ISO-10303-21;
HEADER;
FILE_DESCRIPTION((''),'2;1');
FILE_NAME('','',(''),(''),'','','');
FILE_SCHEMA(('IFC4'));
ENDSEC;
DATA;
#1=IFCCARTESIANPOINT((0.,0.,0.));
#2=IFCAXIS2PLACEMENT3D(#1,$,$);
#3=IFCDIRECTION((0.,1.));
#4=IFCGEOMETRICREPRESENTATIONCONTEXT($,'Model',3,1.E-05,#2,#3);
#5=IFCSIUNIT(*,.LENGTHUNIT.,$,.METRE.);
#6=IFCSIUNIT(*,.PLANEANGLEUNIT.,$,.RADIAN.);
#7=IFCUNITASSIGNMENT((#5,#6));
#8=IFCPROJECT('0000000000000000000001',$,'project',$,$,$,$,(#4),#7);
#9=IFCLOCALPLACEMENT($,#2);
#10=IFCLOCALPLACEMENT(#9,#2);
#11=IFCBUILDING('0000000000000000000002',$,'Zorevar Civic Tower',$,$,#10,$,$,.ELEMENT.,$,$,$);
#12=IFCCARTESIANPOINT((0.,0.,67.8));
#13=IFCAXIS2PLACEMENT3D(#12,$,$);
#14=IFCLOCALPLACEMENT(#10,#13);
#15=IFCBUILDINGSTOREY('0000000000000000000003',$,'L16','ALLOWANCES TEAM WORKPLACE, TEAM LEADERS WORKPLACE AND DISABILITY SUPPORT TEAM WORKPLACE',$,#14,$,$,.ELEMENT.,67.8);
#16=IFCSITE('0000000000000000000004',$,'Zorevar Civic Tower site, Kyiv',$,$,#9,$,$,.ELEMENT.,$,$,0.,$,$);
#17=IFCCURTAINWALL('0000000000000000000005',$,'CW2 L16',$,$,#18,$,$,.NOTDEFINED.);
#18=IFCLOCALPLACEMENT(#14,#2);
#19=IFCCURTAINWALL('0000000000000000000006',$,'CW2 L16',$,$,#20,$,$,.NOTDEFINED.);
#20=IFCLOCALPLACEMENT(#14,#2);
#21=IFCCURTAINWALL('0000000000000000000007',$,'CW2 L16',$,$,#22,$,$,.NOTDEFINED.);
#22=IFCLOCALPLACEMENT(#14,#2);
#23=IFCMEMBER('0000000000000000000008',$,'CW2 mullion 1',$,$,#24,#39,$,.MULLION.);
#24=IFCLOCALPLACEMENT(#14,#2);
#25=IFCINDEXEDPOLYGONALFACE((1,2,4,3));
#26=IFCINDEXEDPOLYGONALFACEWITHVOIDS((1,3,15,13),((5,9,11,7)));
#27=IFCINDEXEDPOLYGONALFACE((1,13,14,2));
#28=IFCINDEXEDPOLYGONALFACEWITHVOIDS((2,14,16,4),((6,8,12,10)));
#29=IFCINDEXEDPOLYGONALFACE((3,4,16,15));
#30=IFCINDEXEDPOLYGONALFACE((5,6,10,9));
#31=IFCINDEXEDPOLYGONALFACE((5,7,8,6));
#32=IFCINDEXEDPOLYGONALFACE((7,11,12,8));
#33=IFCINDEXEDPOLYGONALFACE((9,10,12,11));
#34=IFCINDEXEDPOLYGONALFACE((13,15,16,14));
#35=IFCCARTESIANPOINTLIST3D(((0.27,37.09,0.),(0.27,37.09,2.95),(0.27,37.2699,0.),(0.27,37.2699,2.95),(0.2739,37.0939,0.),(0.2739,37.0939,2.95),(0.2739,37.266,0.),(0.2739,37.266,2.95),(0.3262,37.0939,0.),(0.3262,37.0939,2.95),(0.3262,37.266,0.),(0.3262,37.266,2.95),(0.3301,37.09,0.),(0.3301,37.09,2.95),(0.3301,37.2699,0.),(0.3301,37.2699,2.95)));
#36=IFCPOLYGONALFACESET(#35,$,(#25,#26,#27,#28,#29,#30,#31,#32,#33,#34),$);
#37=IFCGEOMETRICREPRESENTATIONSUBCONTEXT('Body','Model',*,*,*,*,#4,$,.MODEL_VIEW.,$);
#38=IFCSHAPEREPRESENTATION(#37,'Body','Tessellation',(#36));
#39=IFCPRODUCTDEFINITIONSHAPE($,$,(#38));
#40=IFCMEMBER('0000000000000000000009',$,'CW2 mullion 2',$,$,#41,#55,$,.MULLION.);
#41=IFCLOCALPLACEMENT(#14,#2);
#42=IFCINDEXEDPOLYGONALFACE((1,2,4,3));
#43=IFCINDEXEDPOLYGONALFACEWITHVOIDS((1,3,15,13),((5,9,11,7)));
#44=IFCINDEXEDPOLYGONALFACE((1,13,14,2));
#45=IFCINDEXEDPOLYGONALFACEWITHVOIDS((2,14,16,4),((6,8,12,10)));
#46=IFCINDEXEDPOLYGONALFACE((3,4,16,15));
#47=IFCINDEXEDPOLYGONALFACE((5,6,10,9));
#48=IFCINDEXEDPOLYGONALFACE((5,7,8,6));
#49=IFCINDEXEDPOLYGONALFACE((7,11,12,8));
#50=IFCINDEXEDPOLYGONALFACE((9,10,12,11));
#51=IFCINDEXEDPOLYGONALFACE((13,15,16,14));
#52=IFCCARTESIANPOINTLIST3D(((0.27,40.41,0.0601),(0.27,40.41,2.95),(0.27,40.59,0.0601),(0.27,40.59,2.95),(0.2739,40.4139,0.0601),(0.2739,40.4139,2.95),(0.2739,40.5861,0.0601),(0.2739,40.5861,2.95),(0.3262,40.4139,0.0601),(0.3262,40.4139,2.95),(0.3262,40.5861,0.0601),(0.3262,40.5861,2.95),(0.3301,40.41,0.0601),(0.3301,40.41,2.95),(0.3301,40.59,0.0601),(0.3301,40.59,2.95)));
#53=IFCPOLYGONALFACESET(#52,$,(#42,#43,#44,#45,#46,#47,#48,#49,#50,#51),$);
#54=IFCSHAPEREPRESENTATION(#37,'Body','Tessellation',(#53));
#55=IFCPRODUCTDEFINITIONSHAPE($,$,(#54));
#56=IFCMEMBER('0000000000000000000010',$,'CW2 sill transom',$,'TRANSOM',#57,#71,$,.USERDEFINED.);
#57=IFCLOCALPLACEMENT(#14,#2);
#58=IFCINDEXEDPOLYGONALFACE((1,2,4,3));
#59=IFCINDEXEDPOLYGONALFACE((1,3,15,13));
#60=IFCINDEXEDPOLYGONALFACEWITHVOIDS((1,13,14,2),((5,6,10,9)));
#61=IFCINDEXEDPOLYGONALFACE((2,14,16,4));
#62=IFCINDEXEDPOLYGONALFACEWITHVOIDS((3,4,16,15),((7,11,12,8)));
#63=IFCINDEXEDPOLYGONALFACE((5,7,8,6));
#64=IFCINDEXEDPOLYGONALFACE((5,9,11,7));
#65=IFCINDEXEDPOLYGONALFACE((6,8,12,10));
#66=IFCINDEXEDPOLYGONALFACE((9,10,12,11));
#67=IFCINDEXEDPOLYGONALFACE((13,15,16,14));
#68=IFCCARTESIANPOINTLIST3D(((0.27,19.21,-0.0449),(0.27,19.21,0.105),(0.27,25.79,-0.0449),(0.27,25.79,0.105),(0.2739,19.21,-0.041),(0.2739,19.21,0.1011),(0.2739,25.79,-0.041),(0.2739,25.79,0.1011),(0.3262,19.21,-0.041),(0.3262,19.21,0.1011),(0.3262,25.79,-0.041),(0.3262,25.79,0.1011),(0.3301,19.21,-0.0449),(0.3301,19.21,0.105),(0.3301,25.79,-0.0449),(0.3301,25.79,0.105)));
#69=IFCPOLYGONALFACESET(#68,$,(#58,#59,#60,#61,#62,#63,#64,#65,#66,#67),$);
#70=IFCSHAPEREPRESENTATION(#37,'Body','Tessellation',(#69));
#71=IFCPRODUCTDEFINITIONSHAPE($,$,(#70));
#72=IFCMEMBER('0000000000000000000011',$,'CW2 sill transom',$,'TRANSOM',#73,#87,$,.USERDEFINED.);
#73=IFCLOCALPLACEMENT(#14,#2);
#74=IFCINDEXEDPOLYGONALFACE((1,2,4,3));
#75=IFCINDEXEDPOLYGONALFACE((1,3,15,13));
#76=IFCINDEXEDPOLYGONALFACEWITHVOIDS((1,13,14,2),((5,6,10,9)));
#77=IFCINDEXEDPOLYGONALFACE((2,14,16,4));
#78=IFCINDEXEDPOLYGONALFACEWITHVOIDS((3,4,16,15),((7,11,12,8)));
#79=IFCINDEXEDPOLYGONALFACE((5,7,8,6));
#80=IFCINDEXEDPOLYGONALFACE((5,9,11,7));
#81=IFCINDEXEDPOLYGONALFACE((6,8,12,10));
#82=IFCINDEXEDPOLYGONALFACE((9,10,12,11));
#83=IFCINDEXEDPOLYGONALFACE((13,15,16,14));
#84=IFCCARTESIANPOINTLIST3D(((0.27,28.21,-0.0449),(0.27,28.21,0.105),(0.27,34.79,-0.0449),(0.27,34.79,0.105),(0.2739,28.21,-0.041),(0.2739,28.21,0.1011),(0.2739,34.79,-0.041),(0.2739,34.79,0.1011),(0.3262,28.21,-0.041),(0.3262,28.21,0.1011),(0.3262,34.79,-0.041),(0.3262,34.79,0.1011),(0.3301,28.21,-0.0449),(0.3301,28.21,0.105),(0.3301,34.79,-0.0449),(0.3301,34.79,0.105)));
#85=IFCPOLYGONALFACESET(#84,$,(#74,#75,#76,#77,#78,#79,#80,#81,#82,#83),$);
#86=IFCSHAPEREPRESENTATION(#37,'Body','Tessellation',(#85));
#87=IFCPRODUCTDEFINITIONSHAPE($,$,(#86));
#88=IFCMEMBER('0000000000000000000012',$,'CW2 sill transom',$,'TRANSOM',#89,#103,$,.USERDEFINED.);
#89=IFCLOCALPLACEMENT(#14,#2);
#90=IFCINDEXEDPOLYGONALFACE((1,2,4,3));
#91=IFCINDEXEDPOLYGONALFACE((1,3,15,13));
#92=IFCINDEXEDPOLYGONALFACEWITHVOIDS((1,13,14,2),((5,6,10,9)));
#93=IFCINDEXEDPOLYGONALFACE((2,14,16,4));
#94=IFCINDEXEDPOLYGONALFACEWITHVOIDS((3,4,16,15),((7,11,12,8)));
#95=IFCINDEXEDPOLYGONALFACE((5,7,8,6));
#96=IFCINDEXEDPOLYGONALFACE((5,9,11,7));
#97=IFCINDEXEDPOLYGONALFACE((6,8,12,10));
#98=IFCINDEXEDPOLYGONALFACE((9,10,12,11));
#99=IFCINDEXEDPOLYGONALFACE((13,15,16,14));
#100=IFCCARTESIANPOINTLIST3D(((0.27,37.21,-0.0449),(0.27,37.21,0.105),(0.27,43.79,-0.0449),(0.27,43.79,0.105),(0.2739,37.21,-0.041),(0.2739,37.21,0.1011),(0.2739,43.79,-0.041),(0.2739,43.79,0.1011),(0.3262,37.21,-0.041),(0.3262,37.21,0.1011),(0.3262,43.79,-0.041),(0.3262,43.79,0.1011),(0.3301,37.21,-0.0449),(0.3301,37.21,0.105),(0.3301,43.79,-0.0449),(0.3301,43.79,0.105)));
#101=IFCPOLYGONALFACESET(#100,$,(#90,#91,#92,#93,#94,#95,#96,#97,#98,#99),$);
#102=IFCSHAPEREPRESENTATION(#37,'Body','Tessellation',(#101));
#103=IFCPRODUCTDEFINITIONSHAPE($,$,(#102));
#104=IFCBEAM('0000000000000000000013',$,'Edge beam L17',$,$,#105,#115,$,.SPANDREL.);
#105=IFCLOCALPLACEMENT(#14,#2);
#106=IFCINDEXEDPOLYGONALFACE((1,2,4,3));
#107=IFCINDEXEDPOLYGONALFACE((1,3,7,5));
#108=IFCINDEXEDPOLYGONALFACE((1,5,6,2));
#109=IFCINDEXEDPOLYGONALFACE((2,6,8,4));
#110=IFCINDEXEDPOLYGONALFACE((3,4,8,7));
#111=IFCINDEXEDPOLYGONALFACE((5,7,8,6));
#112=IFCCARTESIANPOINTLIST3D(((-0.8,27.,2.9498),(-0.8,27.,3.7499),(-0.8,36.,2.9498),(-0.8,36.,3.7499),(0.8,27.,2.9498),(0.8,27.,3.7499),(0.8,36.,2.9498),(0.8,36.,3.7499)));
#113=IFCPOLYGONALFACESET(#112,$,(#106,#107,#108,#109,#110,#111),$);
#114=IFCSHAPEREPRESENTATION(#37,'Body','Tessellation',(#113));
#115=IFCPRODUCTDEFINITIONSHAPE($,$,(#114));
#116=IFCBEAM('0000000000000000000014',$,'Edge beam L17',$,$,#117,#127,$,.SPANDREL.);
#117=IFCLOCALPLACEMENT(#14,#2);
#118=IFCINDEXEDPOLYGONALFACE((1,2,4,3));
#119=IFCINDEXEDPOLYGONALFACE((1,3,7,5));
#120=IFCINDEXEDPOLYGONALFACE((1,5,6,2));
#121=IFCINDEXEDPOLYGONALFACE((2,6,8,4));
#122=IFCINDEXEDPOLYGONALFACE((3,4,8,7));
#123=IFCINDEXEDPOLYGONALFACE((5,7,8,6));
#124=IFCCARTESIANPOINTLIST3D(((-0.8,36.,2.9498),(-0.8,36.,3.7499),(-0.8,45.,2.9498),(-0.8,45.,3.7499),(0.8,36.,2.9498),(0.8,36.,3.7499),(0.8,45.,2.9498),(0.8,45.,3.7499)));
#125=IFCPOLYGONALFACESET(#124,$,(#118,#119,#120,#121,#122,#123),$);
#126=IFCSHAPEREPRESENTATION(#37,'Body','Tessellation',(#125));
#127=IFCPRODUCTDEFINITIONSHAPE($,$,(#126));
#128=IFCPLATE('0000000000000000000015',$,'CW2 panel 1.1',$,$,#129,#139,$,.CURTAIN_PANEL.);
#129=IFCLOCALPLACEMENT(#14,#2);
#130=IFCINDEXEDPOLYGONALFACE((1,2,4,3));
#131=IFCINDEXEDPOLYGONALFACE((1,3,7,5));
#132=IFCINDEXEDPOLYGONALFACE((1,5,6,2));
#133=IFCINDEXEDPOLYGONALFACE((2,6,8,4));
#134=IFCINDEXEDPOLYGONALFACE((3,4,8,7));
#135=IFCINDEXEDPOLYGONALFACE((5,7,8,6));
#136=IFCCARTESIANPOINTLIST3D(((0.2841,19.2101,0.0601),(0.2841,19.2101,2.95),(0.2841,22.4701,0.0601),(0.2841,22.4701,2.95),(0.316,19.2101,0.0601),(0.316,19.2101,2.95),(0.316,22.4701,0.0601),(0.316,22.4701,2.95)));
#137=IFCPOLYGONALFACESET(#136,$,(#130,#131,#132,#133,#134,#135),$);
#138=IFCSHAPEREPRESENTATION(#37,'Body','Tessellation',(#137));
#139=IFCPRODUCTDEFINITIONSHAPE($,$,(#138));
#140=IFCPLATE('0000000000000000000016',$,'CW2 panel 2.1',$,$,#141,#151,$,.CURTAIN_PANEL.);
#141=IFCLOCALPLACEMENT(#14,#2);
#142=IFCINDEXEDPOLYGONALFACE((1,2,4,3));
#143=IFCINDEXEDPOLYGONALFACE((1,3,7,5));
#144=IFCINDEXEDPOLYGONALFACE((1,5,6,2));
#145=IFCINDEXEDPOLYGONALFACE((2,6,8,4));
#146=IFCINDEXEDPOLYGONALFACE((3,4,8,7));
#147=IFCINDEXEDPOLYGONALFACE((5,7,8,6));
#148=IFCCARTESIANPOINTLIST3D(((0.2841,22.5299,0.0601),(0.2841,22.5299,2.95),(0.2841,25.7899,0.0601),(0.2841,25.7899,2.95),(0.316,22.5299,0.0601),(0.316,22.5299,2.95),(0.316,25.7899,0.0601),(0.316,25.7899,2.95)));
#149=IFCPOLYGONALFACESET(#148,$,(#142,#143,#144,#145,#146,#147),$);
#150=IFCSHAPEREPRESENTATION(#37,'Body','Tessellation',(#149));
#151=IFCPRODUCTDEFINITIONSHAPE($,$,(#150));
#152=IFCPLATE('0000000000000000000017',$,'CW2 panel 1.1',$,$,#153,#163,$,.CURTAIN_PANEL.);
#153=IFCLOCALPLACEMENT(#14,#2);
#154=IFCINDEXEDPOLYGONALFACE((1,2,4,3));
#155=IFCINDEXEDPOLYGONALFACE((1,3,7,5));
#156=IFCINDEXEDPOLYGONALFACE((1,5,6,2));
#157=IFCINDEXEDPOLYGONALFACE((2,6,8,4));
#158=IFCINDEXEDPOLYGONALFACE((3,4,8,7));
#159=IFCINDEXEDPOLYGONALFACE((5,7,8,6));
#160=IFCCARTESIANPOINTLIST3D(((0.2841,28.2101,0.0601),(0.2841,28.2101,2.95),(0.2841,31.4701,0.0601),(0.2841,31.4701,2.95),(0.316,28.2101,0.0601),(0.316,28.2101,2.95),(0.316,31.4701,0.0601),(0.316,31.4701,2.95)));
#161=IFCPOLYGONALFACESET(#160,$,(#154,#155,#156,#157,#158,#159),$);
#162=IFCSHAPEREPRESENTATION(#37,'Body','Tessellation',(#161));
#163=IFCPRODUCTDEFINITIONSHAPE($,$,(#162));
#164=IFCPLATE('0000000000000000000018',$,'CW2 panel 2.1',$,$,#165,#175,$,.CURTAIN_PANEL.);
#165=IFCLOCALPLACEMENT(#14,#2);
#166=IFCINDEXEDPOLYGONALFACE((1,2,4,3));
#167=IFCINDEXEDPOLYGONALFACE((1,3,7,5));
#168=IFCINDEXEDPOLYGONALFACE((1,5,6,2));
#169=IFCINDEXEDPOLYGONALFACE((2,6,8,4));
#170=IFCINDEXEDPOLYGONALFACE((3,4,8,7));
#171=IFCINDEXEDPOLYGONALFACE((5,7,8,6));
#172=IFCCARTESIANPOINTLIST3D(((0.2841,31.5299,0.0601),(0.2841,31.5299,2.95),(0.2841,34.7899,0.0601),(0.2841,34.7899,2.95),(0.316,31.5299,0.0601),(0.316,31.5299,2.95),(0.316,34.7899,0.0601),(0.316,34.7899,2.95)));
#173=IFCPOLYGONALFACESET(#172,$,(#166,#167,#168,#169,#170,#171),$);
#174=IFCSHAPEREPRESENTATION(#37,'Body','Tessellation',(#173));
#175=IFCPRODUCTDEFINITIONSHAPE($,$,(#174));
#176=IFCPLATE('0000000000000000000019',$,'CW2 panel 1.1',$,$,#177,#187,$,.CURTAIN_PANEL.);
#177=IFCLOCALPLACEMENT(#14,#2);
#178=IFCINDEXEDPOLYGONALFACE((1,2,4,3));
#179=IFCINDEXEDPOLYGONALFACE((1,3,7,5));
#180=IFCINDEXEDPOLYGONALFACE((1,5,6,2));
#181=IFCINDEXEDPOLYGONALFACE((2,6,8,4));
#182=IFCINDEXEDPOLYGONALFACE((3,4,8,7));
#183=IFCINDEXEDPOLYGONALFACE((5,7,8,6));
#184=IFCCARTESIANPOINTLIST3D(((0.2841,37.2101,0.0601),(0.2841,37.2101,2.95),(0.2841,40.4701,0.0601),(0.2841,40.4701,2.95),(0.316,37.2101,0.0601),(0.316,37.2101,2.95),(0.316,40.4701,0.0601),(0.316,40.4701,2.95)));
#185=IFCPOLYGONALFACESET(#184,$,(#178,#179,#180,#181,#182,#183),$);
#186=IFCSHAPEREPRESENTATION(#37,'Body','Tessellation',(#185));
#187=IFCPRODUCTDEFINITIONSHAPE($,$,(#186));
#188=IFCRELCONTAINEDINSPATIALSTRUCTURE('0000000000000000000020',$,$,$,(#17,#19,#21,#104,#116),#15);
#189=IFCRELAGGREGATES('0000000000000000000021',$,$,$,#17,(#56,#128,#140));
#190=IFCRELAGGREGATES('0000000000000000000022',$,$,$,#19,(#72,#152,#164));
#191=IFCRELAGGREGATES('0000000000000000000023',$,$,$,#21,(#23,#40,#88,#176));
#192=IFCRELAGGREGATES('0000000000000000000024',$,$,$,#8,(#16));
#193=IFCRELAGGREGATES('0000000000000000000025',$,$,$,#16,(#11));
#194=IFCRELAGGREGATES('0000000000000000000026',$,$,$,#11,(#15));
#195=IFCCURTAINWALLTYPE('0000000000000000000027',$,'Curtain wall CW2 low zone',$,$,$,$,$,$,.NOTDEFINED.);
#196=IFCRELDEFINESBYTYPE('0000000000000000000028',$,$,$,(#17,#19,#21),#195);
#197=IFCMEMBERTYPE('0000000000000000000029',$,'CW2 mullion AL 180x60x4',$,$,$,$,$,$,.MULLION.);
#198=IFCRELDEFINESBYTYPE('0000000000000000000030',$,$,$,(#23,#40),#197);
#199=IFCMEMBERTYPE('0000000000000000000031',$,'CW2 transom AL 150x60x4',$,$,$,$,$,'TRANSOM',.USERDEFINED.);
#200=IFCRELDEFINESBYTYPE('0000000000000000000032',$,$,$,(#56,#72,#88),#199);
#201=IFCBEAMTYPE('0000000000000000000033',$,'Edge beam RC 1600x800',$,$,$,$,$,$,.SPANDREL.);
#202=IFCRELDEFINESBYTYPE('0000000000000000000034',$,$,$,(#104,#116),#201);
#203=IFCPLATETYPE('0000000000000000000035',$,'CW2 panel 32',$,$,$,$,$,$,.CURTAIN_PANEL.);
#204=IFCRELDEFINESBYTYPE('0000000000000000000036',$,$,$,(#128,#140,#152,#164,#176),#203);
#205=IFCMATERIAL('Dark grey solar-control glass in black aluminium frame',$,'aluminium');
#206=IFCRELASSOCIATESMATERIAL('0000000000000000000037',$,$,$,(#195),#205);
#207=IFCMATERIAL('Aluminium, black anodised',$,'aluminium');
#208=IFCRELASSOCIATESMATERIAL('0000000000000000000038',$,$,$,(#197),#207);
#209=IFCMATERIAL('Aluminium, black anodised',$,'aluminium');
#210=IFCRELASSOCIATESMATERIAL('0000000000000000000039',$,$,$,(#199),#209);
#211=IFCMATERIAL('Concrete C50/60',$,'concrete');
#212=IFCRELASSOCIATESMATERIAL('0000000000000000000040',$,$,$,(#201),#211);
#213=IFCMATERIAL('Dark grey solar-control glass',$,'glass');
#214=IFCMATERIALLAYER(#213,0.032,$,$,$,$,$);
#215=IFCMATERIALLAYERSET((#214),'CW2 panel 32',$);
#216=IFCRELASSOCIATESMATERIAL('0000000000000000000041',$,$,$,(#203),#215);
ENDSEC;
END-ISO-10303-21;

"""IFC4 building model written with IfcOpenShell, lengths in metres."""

from ifc_helpers import new_model, si_unit, direction, frame, origin, origin_2d, place, context, subcontext, project, spatial, rectangle, hollow_rectangle, extrude, material, layer, layer_set, material_profile, profile_set, type_object, element, aggregate, save


model = new_model("IFC4")

# Units and contexts
model_context = context("Model", 3, precision=1e-05, world=origin(), true_north=direction((0.0, 1.0)))
body_context = subcontext(model_context, "Body", "Model", "MODEL_VIEW")
ifc_project = project(units=[si_unit("LENGTHUNIT", "METRE"), si_unit("PLANEANGLEUNIT", "RADIAN")], contexts=[model_context])

# Site, building, storey
site_placement = place(None, origin())
site = spatial("IfcSite", under=ifc_project, at=site_placement, Name="Zorevar Civic Tower site, Kyiv", CompositionType="ELEMENT", RefElevation=0.0)
building_placement = place(site_placement, origin())
building = spatial("IfcBuilding", under=site, at=building_placement, Name="Zorevar Civic Tower", CompositionType="ELEMENT")
storey_placement = place(building_placement, frame((0.0, 0.0, 67.8)))
storey = spatial("IfcBuildingStorey", under=building, at=storey_placement, Name="L16", Description="ALLOWANCES TEAM WORKPLACE, TEAM LEADERS WORKPLACE AND DISABILITY SUPPORT TEAM WORKPLACE", CompositionType="ELEMENT", Elevation=67.8)

# Curtain walls, members
ifc_material_1 = material(Name="Dark grey solar-control glass in black aluminium frame", Category="aluminium")
curtain_wall_type = type_object("IfcCurtainWallType", Name="Curtain wall CW2 low zone", PredefinedType="NOTDEFINED", material=ifc_material_1)
curtain_wall_1_placement = place(storey_placement, origin())
curtain_wall_1 = element("IfcCurtainWall", 1, at=curtain_wall_1_placement, inside=storey, type_object=curtain_wall_type, Name="CW2 L16", PredefinedType="NOTDEFINED")
ifc_material_2 = material(Name="Aluminium, black anodised", Category="aluminium")
ifc_material_profile_1 = material_profile(ifc_material_2, hollow_rectangle(XDim=0.0601, YDim=0.1799, WallThickness=0.0039, at=origin_2d()), Name="AL 180x60x4")
ifc_profile_set_1 = profile_set([ifc_material_profile_1], Name="Aluminium, black anodised")
member_type_1 = type_object("IfcMemberType", Name="CW2 mullion AL 180x60x4", PredefinedType="MULLION", material=ifc_profile_set_1)
curtain_wall_2_placement = place(storey_placement, origin())
curtain_wall_2 = element("IfcCurtainWall", 2, at=curtain_wall_2_placement, inside=storey, type_object=curtain_wall_type, Name="CW2 L16", PredefinedType="NOTDEFINED")
curtain_wall_3_placement = place(storey_placement, origin())
curtain_wall_3 = element("IfcCurtainWall", 3, at=curtain_wall_3_placement, inside=storey, type_object=curtain_wall_type, Name="CW2 L16", PredefinedType="NOTDEFINED")
member_1_placement = place(storey_placement, frame((0.3, 37.1799, 0.0), z_axis=(0.0, 0.0, 1.0), x_axis=(-1.0, 0.0, 0.0)))
member_1 = element("IfcMember", 4, at=member_1_placement, type_object=member_type_1, Name="CW2 mullion 1", PredefinedType="MULLION", context=body_context, shape_type="SweptSolid", body=[
    extrude(hollow_rectangle(XDim=0.0601, YDim=0.1799, WallThickness=0.0039, at=origin_2d()), origin(), (0.0, 0.0, 1.0), 2.95),
])
member_2_placement = place(storey_placement, frame((0.3, 40.5, 0.0601), z_axis=(0.0, 0.0, 1.0), x_axis=(-1.0, 0.0, 0.0)))
member_2 = element("IfcMember", 5, at=member_2_placement, type_object=member_type_1, Name="CW2 mullion 2", PredefinedType="MULLION", context=body_context, shape_type="SweptSolid", body=[
    extrude(hollow_rectangle(XDim=0.0601, YDim=0.1799, WallThickness=0.0039, at=origin_2d()), origin(), (0.0, 0.0, 1.0), 2.8899),
])

# Members
ifc_material_3 = material(Name="Aluminium, black anodised", Category="aluminium")
ifc_material_profile_2 = material_profile(ifc_material_3, hollow_rectangle(XDim=0.0601, YDim=0.1499, WallThickness=0.0039, at=origin_2d()), Name="AL 150x60x4")
ifc_profile_set_2 = profile_set([ifc_material_profile_2], Name="Aluminium, black anodised")
member_type_2 = type_object("IfcMemberType", Name="CW2 transom AL 150x60x4", ElementType="TRANSOM", PredefinedType="USERDEFINED", material=ifc_profile_set_2)
member_3_placement = place(storey_placement, frame((0.3, 19.21, 0.03), z_axis=(0.0, 1.0, 0.0), x_axis=(-1.0, 0.0, 0.0)))
member_3 = element("IfcMember", 6, at=member_3_placement, type_object=member_type_2, Name="CW2 sill transom", ObjectType="TRANSOM", PredefinedType="USERDEFINED", context=body_context, shape_type="SweptSolid", body=[
    extrude(hollow_rectangle(XDim=0.0601, YDim=0.1499, WallThickness=0.0039, at=origin_2d()), origin(), (0.0, 0.0, 1.0), 6.5801),
])
member_4_placement = place(storey_placement, frame((0.3, 28.21, 0.03), z_axis=(0.0, 1.0, 0.0), x_axis=(-1.0, 0.0, 0.0)))
member_4 = element("IfcMember", 7, at=member_4_placement, type_object=member_type_2, Name="CW2 sill transom", ObjectType="TRANSOM", PredefinedType="USERDEFINED", context=body_context, shape_type="SweptSolid", body=[
    extrude(hollow_rectangle(XDim=0.0601, YDim=0.1499, WallThickness=0.0039, at=origin_2d()), origin(), (0.0, 0.0, 1.0), 6.5801),
])
member_5_placement = place(storey_placement, frame((0.3, 37.21, 0.03), z_axis=(0.0, 1.0, 0.0), x_axis=(-1.0, 0.0, 0.0)))
member_5 = element("IfcMember", 8, at=member_5_placement, type_object=member_type_2, Name="CW2 sill transom", ObjectType="TRANSOM", PredefinedType="USERDEFINED", context=body_context, shape_type="SweptSolid", body=[
    extrude(hollow_rectangle(XDim=0.0601, YDim=0.1499, WallThickness=0.0039, at=origin_2d()), origin(), (0.0, 0.0, 1.0), 6.5801),
])

# Beams
ifc_material_4 = material(Name="Concrete C50/60", Category="concrete")
ifc_material_profile_3 = material_profile(ifc_material_4, rectangle(XDim=1.6001, YDim=0.8, at=origin_2d()), Name="RC 1600x800")
ifc_profile_set_3 = profile_set([ifc_material_profile_3], Name="Concrete C50/60")
beam_type_1 = type_object("IfcBeamType", Name="Edge beam RC 1600x800", PredefinedType="SPANDREL", material=ifc_profile_set_3)
for number, where, z_axis, x_axis, name in (
    (9, (0.0, 27.0, 3.3499), (0.0, 1.0, 0.0), (-1.0, 0.0, 0.0), "Edge beam L17"),
    (10, (0.0, 36.0, 3.3499), (0.0, 1.0, 0.0), (-1.0, 0.0, 0.0), "Edge beam L17"),
):
    element("IfcBeam", number, at=place(storey_placement, frame(where, z_axis=z_axis, x_axis=x_axis)), inside=storey, type_object=beam_type_1, Name=name, PredefinedType="SPANDREL", context=body_context, shape_type="SweptSolid", body=[
        extrude(rectangle(XDim=1.6001, YDim=0.8, at=origin_2d()), origin(), (0.0, 0.0, 1.0), 9.0),
    ])

# Plates
ifc_material_5 = material(Name="Dark grey solar-control glass", Category="glass")
ifc_layer_1 = layer(ifc_material_5, 0.032)
ifc_layer_set_1 = layer_set([ifc_layer_1], Name="CW2 panel 32")
plate_type = type_object("IfcPlateType", Name="CW2 panel 32", PredefinedType="CURTAIN_PANEL", material=ifc_layer_set_1)
plate_1_placement = place(storey_placement, frame((0.3, 20.8401, 0.0601), z_axis=(0.0, 0.0, 1.0), x_axis=(0.0, 1.0, 0.0)))
plate_1 = element("IfcPlate", 11, at=plate_1_placement, type_object=plate_type, Name="CW2 panel 1.1", PredefinedType="CURTAIN_PANEL", context=body_context, shape_type="SweptSolid", body=[
    extrude(rectangle(XDim=3.26, YDim=0.032, at=origin_2d()), origin(), (0.0, 0.0, 1.0), 2.8899),
])
plate_2_placement = place(storey_placement, frame((0.3, 24.1599, 0.0601), z_axis=(0.0, 0.0, 1.0), x_axis=(0.0, 1.0, 0.0)))
plate_2 = element("IfcPlate", 12, at=plate_2_placement, type_object=plate_type, Name="CW2 panel 2.1", PredefinedType="CURTAIN_PANEL", context=body_context, shape_type="SweptSolid", body=[
    extrude(rectangle(XDim=3.26, YDim=0.032, at=origin_2d()), origin(), (0.0, 0.0, 1.0), 2.8899),
])
aggregate(curtain_wall_1, [member_3, plate_1, plate_2])
plate_3_placement = place(storey_placement, frame((0.3, 29.8401, 0.0601), z_axis=(0.0, 0.0, 1.0), x_axis=(0.0, 1.0, 0.0)))
plate_3 = element("IfcPlate", 13, at=plate_3_placement, type_object=plate_type, Name="CW2 panel 1.1", PredefinedType="CURTAIN_PANEL", context=body_context, shape_type="SweptSolid", body=[
    extrude(rectangle(XDim=3.26, YDim=0.032, at=origin_2d()), origin(), (0.0, 0.0, 1.0), 2.8899),
])
plate_4_placement = place(storey_placement, frame((0.3, 33.1599, 0.0601), z_axis=(0.0, 0.0, 1.0), x_axis=(0.0, 1.0, 0.0)))
plate_4 = element("IfcPlate", 14, at=plate_4_placement, type_object=plate_type, Name="CW2 panel 2.1", PredefinedType="CURTAIN_PANEL", context=body_context, shape_type="SweptSolid", body=[
    extrude(rectangle(XDim=3.26, YDim=0.032, at=origin_2d()), origin(), (0.0, 0.0, 1.0), 2.8899),
])
aggregate(curtain_wall_2, [member_4, plate_3, plate_4])
plate_5_placement = place(storey_placement, frame((0.3, 38.8401, 0.0601), z_axis=(0.0, 0.0, 1.0), x_axis=(0.0, 1.0, 0.0)))
plate_5 = element("IfcPlate", 15, at=plate_5_placement, type_object=plate_type, Name="CW2 panel 1.1", PredefinedType="CURTAIN_PANEL", context=body_context, shape_type="SweptSolid", body=[
    extrude(rectangle(XDim=3.26, YDim=0.032, at=origin_2d()), origin(), (0.0, 0.0, 1.0), 2.8899),
])
aggregate(curtain_wall_3, [member_1, member_2, member_5, plate_5])

save(model, "model.ifc")
